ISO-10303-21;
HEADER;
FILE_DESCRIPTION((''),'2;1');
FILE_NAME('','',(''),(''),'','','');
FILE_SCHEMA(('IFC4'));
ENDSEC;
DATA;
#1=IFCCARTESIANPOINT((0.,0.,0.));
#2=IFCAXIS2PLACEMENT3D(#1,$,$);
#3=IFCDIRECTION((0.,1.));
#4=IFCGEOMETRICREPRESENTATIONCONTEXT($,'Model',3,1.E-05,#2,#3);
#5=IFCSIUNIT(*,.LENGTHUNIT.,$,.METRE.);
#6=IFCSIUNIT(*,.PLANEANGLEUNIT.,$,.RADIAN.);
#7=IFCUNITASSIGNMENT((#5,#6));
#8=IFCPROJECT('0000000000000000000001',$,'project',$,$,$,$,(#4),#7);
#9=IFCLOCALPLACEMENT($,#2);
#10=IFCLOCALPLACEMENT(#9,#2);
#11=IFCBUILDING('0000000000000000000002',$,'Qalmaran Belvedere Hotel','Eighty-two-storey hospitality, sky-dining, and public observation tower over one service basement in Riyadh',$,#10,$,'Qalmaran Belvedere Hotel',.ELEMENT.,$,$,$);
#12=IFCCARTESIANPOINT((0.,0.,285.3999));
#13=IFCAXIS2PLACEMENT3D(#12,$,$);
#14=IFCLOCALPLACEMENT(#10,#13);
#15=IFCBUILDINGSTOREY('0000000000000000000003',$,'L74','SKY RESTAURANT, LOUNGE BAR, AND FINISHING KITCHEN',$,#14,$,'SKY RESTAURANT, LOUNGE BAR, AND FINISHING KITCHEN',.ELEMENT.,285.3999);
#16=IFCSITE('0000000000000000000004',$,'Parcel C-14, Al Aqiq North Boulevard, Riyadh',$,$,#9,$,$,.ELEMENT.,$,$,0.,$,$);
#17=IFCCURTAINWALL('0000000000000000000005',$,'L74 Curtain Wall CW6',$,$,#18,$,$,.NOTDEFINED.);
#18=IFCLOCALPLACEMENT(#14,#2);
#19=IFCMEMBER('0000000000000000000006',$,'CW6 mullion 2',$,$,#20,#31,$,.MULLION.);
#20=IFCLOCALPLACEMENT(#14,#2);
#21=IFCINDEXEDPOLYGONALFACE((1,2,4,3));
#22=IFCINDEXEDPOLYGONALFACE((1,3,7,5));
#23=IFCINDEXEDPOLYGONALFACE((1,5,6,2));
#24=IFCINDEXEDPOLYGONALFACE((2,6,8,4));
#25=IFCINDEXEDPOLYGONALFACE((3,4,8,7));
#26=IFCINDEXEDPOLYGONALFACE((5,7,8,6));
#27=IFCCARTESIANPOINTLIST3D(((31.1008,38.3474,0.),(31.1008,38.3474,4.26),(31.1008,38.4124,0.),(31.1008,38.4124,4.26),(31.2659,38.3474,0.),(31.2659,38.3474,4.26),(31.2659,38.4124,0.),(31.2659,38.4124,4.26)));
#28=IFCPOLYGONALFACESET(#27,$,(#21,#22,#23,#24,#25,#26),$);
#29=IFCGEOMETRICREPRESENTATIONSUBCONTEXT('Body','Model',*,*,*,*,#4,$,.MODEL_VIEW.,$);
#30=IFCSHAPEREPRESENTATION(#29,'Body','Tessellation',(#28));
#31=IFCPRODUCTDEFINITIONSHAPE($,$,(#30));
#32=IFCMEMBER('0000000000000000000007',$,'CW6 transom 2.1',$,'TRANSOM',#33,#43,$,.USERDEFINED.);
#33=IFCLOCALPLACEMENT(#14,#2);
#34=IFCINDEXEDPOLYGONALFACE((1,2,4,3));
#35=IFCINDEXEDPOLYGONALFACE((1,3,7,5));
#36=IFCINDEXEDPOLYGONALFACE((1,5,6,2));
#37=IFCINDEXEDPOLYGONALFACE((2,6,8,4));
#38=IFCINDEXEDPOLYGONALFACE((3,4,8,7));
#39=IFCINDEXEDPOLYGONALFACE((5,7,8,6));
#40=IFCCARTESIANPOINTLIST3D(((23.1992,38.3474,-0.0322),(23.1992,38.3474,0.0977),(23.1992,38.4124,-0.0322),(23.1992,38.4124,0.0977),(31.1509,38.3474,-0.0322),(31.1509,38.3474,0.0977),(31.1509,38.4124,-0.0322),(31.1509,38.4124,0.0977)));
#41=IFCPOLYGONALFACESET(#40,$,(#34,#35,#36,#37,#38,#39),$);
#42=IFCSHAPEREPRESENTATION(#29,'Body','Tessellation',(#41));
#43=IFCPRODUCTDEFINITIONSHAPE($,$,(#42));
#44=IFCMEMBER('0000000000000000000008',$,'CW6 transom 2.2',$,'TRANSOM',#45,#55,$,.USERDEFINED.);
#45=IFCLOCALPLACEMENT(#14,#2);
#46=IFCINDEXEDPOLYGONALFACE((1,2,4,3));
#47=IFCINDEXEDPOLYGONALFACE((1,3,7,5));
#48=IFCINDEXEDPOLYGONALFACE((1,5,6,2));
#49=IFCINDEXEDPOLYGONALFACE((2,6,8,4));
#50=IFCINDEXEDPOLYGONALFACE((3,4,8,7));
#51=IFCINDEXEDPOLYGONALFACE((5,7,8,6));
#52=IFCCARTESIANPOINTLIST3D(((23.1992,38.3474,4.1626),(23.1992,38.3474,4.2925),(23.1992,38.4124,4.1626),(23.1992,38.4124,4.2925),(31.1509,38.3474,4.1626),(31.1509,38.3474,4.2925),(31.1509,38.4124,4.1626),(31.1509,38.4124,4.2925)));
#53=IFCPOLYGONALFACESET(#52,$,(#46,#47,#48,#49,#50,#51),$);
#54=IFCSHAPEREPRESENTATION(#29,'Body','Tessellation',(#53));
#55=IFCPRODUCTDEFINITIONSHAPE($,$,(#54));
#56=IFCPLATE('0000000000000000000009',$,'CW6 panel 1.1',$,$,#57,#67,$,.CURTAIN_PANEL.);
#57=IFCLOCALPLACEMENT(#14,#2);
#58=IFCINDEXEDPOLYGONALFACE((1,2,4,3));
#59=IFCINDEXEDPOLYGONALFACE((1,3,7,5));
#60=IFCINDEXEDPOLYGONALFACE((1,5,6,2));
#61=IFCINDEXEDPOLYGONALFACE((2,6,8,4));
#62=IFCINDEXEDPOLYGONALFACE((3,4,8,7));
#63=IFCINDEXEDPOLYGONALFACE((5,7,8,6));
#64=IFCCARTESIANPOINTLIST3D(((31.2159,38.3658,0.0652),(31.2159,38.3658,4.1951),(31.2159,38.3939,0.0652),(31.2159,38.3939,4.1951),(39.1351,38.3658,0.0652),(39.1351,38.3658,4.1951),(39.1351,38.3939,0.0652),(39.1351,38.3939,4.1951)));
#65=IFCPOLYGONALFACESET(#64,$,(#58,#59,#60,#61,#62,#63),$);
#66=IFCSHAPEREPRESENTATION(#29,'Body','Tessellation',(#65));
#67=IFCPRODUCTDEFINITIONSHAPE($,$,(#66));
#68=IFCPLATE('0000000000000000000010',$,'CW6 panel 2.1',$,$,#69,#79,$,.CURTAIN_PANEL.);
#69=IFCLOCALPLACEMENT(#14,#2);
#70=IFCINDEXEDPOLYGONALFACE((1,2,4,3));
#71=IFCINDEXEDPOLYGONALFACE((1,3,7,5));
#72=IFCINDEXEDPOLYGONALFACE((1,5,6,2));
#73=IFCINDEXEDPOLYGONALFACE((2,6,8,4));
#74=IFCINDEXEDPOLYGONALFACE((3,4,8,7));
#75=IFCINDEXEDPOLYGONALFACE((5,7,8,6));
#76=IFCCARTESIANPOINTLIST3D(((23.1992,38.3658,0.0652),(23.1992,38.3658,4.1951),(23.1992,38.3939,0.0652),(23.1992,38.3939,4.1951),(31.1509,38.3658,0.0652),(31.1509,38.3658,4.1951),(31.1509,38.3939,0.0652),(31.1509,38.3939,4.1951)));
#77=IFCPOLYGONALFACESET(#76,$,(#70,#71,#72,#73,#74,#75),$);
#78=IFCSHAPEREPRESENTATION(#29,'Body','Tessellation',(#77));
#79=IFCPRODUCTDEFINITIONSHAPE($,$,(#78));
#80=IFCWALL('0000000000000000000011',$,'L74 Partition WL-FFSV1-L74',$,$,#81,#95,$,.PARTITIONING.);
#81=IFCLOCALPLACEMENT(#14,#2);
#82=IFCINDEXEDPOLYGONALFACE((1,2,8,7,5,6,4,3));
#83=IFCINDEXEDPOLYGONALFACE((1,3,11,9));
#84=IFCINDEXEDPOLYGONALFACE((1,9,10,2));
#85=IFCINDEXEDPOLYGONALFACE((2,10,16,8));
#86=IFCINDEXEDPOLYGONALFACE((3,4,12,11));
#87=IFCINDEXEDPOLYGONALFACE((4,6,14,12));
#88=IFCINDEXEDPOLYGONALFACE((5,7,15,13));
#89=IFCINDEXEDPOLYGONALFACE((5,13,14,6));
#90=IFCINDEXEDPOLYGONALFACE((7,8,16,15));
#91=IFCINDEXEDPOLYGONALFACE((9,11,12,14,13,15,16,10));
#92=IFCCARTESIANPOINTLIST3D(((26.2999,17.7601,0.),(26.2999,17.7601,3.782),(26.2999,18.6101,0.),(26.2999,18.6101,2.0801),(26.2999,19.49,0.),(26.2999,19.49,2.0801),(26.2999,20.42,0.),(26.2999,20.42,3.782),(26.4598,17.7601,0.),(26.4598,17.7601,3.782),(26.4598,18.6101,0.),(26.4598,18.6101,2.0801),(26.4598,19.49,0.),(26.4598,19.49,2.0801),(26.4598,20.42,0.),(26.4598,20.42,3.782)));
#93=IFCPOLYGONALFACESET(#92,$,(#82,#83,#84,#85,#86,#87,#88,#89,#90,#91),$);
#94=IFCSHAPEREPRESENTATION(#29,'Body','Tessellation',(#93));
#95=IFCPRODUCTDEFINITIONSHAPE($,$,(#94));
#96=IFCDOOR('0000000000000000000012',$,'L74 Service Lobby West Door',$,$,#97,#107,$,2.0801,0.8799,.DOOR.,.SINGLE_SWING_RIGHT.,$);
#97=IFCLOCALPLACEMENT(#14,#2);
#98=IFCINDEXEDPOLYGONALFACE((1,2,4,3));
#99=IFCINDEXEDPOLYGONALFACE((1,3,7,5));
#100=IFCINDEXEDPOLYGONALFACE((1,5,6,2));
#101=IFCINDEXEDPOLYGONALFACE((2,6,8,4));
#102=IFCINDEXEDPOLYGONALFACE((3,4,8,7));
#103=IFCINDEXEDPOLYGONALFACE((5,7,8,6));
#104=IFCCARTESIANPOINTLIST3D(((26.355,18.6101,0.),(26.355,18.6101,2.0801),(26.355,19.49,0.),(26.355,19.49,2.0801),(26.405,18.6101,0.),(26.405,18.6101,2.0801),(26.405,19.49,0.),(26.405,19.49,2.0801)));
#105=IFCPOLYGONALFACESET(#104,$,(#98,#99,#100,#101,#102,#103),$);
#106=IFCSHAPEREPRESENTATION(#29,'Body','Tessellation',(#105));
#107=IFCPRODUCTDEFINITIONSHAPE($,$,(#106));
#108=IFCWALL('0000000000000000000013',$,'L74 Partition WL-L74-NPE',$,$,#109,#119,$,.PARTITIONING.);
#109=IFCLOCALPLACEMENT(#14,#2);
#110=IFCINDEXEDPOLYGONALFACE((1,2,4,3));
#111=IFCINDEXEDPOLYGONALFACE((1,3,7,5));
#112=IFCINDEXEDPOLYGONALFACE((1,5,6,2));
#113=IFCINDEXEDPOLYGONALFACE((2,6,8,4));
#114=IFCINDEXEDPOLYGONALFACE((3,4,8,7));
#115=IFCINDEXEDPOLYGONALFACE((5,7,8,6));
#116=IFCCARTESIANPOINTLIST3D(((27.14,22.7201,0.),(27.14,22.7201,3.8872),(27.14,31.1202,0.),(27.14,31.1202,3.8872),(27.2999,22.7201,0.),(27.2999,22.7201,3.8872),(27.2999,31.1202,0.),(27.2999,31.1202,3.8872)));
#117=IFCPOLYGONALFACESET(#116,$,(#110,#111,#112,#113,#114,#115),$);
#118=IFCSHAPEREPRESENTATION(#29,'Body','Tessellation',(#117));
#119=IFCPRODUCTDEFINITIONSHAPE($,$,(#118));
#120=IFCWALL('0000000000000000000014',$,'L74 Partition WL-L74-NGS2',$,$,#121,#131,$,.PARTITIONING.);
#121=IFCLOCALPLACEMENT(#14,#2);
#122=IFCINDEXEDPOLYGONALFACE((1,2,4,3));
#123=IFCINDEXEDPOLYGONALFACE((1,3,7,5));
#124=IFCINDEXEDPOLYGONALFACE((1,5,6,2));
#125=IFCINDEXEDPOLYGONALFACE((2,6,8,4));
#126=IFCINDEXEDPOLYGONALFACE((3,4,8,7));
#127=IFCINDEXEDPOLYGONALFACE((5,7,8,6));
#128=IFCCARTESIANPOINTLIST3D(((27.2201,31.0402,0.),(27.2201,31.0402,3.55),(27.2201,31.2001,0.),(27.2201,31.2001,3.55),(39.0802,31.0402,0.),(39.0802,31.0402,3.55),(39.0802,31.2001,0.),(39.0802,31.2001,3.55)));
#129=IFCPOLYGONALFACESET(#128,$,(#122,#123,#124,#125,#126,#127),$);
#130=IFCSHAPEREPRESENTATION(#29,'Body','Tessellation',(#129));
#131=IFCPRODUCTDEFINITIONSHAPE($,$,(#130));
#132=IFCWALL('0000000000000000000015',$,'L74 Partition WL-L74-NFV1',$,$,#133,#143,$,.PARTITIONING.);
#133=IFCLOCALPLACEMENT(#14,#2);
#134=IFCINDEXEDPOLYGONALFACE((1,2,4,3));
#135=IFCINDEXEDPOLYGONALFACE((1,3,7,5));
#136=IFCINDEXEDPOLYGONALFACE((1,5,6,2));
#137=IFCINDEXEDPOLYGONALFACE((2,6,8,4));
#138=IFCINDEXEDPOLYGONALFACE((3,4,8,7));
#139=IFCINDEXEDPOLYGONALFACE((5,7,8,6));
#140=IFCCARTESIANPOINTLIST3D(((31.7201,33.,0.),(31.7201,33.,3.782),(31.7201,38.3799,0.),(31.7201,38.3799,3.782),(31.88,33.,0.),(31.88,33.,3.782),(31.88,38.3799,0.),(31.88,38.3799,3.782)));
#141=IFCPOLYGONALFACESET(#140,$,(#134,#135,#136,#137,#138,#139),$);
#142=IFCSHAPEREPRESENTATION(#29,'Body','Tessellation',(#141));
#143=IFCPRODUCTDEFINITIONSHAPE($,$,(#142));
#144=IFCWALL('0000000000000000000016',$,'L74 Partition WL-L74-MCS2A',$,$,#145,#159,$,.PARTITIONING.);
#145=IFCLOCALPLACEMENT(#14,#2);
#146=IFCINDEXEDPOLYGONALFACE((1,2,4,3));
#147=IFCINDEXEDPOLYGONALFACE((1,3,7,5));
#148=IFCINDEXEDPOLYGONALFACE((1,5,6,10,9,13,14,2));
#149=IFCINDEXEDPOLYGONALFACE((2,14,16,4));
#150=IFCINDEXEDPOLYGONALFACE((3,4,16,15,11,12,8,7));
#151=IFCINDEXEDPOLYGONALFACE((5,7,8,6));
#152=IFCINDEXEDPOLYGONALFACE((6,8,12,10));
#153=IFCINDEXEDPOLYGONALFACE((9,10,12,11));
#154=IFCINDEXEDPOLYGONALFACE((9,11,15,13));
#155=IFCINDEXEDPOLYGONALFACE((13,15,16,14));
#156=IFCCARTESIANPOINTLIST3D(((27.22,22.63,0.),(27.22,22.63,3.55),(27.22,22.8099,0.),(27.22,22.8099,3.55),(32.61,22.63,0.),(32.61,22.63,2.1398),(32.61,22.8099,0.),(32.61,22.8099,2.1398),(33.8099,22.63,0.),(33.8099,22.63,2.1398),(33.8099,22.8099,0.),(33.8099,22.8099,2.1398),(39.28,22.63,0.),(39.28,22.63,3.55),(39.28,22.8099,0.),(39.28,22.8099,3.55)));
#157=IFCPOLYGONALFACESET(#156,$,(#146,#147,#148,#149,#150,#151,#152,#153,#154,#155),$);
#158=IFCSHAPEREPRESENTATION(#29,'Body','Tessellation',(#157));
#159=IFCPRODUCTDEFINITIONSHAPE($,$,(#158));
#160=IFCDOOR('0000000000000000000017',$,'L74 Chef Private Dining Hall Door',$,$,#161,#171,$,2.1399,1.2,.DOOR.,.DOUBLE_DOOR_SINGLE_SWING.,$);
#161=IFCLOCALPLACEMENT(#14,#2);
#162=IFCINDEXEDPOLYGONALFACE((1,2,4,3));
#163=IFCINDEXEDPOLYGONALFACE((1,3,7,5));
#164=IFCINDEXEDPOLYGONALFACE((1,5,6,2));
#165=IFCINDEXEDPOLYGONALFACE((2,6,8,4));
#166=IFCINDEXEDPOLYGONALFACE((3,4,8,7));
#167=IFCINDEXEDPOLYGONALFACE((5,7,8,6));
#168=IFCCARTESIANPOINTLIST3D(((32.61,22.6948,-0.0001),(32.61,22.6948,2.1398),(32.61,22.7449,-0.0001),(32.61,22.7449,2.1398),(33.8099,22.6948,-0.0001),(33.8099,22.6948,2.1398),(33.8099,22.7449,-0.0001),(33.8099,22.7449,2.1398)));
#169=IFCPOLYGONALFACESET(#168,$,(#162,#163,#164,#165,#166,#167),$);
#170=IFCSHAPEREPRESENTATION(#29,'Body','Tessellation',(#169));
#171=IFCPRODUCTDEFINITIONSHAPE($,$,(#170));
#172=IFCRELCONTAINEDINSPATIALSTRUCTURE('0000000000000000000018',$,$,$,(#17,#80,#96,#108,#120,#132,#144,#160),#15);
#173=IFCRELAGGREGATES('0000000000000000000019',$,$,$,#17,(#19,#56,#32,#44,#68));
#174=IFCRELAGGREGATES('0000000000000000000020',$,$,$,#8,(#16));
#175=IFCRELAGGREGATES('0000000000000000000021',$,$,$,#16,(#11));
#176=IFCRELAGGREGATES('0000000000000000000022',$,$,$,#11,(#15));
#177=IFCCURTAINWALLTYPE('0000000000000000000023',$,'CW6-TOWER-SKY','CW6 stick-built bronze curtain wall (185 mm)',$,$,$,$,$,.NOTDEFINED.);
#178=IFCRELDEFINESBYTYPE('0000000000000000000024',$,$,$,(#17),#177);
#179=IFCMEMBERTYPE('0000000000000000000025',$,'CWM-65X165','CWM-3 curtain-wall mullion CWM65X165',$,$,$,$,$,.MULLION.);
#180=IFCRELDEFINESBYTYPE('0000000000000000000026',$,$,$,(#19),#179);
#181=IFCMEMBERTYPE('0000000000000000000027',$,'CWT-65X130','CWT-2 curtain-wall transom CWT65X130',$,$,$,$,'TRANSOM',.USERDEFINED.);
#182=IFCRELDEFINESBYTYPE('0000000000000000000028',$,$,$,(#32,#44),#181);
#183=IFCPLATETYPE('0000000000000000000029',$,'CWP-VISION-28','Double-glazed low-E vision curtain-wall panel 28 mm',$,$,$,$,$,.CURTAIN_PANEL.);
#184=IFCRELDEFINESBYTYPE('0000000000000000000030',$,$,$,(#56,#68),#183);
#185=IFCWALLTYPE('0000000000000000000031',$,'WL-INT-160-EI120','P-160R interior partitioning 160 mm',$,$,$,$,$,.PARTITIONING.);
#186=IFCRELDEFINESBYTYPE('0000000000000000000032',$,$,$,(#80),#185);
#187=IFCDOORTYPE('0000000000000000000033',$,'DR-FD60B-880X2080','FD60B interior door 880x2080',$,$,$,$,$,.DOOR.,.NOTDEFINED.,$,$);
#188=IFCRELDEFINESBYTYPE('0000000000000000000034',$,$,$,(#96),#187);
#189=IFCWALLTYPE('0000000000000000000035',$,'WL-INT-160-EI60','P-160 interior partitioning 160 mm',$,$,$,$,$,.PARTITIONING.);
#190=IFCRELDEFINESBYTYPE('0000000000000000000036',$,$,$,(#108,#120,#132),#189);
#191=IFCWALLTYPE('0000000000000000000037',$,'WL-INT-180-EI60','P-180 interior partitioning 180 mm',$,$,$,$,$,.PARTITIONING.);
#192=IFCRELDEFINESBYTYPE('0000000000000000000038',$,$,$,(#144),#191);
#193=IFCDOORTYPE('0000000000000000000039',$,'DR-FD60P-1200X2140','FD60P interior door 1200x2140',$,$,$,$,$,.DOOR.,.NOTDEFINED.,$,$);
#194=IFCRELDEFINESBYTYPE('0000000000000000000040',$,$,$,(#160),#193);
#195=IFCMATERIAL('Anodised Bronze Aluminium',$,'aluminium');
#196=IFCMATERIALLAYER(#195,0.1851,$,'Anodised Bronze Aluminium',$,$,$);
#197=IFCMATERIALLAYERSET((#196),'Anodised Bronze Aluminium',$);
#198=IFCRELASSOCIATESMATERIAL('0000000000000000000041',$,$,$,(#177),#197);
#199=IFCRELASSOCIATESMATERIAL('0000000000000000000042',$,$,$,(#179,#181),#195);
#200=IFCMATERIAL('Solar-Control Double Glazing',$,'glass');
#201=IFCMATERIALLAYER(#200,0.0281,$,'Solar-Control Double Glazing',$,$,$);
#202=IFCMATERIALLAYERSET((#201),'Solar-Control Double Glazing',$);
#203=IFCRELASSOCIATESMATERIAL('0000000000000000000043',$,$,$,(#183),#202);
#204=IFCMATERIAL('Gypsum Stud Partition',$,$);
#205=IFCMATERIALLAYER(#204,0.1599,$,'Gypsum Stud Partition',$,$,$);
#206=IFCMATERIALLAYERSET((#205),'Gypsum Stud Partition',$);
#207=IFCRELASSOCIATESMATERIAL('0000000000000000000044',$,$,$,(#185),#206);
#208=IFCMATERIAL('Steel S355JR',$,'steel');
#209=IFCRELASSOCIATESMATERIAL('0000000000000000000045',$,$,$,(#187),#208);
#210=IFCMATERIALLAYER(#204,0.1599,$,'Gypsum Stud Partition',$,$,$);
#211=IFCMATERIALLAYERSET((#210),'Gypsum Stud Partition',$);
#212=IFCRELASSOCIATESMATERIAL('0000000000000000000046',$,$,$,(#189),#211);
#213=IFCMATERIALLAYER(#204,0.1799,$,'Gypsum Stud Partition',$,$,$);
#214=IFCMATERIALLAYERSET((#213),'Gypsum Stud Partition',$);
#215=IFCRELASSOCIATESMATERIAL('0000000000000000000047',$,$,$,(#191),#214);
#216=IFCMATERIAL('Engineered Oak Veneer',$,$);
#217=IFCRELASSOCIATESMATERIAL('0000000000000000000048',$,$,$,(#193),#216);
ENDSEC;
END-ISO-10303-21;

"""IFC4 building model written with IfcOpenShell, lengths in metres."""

from ifc_helpers import new_model, si_unit, direction, frame, frame_2d, origin, origin_2d, place, context, subcontext, project, spatial, rectangle, extrude, material, layer, layer_set, material_profile, profile_set, type_object, element, fill, aggregate, save


model = new_model("IFC4")

# Units and contexts
model_context = context("Model", 3, precision=1e-05, world=origin(), true_north=direction((0.0, 1.0)))
body_context = subcontext(model_context, "Body", "Model", "MODEL_VIEW")
ifc_project = project(units=[si_unit("LENGTHUNIT", "METRE"), si_unit("PLANEANGLEUNIT", "RADIAN")], contexts=[model_context])

# Site, building, storey
site_placement = place(None, origin())
site = spatial("IfcSite", under=ifc_project, at=site_placement, Name="Parcel C-14, Al Aqiq North Boulevard, Riyadh", CompositionType="ELEMENT", RefElevation=0.0)
building_placement = place(site_placement, origin())
building = spatial("IfcBuilding", under=site, at=building_placement, Name="Qalmaran Belvedere Hotel", Description="Eighty-two-storey hospitality, sky-dining, and public observation tower over one service basement in Riyadh", LongName="Qalmaran Belvedere Hotel", CompositionType="ELEMENT")
storey_placement = place(building_placement, frame((0.0, 0.0, 285.3999)))
storey = spatial("IfcBuildingStorey", under=building, at=storey_placement, Name="L74", Description="SKY RESTAURANT, LOUNGE BAR, AND FINISHING KITCHEN", LongName="SKY RESTAURANT, LOUNGE BAR, AND FINISHING KITCHEN", CompositionType="ELEMENT", Elevation=285.3999)

# Shared definitions
ifc_material_1 = material(Name="Steel S355JR", Category="steel")

# Curtain wall, members, plates
ifc_material_2 = material(Name="Anodised Bronze Aluminium", Category="aluminium")
ifc_layer_1 = layer(ifc_material_2, 0.1851, Name="Anodised Bronze Aluminium")
ifc_layer_set_1 = layer_set([ifc_layer_1], Name="Anodised Bronze Aluminium")
curtain_wall_type = type_object("IfcCurtainWallType", Name="CW6-TOWER-SKY", Description="CW6 stick-built bronze curtain wall (185 mm)", PredefinedType="NOTDEFINED", material=ifc_layer_set_1)
curtain_wall_placement = place(storey_placement, origin())
curtain_wall = element("IfcCurtainWall", 1, at=curtain_wall_placement, inside=storey, type_object=curtain_wall_type, Name="L74 Curtain Wall CW6", PredefinedType="NOTDEFINED")
ifc_material_profile_1 = material_profile(ifc_material_2, rectangle(XDim=0.0649, YDim=0.165, at=origin_2d()), Name="CWM65X165")
ifc_profile_set_1 = profile_set([ifc_material_profile_1], Name="Anodised Bronze Aluminium")
member_type_1 = type_object("IfcMemberType", Name="CWM-65X165", Description="CWM-3 curtain-wall mullion CWM65X165", PredefinedType="MULLION", material=ifc_profile_set_1)
member_1_placement = place(storey_placement, frame((31.1833, 38.3799, 0.0), z_axis=(0.0, 0.0, 1.0), x_axis=(0.0, -1.0, 0.0)))
member_1 = element("IfcMember", 2, at=member_1_placement, type_object=member_type_1, Name="CW6 mullion 2", PredefinedType="MULLION", context=body_context, shape_type="SweptSolid", body=[
    extrude(rectangle(XDim=0.0649, YDim=0.165, at=origin_2d()), origin(), (0.0, 0.0, 1.0), 4.26),
])
ifc_material_profile_2 = material_profile(ifc_material_2, rectangle(XDim=0.0649, YDim=0.1299, at=origin_2d()), Name="CWT65X130")
ifc_profile_set_2 = profile_set([ifc_material_profile_2], Name="Anodised Bronze Aluminium")
member_type_2 = type_object("IfcMemberType", Name="CWT-65X130", Description="CWT-2 curtain-wall transom CWT65X130", ElementType="TRANSOM", PredefinedType="USERDEFINED", material=ifc_profile_set_2)
member_2_placement = place(storey_placement, frame((31.1509, 38.3799, 0.0327), z_axis=(-1.0, 0.0, 0.0), x_axis=(0.0, -1.0, 0.0)))
member_2 = element("IfcMember", 3, at=member_2_placement, type_object=member_type_2, Name="CW6 transom 2.1", ObjectType="TRANSOM", PredefinedType="USERDEFINED", context=body_context, shape_type="SweptSolid", body=[
    extrude(rectangle(XDim=0.0649, YDim=0.1299, at=origin_2d()), origin(), (0.0, 0.0, 1.0), 7.9517),
])
member_3_placement = place(storey_placement, frame((31.1509, 38.3799, 4.2275), z_axis=(-1.0, 0.0, 0.0), x_axis=(0.0, -1.0, 0.0)))
member_3 = element("IfcMember", 4, at=member_3_placement, type_object=member_type_2, Name="CW6 transom 2.2", ObjectType="TRANSOM", PredefinedType="USERDEFINED", context=body_context, shape_type="SweptSolid", body=[
    extrude(rectangle(XDim=0.0649, YDim=0.1299, at=origin_2d()), origin(), (0.0, 0.0, 1.0), 7.9517),
])
ifc_material_3 = material(Name="Solar-Control Double Glazing", Category="glass")
ifc_layer_2 = layer(ifc_material_3, 0.0281, Name="Solar-Control Double Glazing")
ifc_layer_set_2 = layer_set([ifc_layer_2], Name="Solar-Control Double Glazing")
plate_type = type_object("IfcPlateType", Name="CWP-VISION-28", Description="Double-glazed low-E vision curtain-wall panel 28 mm", PredefinedType="CURTAIN_PANEL", material=ifc_layer_set_2)
plate_1_placement = place(storey_placement, frame((35.1755, 38.3799, 0.0652), z_axis=(0.0, 0.0, 1.0), x_axis=(-1.0, 0.0, 0.0)))
plate_1 = element("IfcPlate", 5, at=plate_1_placement, type_object=plate_type, Name="CW6 panel 1.1", PredefinedType="CURTAIN_PANEL", context=body_context, shape_type="SweptSolid", body=[
    extrude(rectangle(XDim=7.9192, YDim=0.0281, at=origin_2d()), origin(), (0.0, 0.0, 1.0), 4.1299),
])
plate_2_placement = place(storey_placement, frame((27.175, 38.3799, 0.0652), z_axis=(0.0, 0.0, 1.0), x_axis=(-1.0, 0.0, 0.0)))
plate_2 = element("IfcPlate", 6, at=plate_2_placement, type_object=plate_type, Name="CW6 panel 2.1", PredefinedType="CURTAIN_PANEL", context=body_context, shape_type="SweptSolid", body=[
    extrude(rectangle(XDim=7.9517, YDim=0.0281, at=origin_2d()), origin(), (0.0, 0.0, 1.0), 4.1299),
])
aggregate(curtain_wall, [member_1, plate_1, member_2, member_3, plate_2])

# Wall, opening, door
ifc_material_4 = material(Name="Gypsum Stud Partition")
ifc_layer_3 = layer(ifc_material_4, 0.1599, Name="Gypsum Stud Partition")
ifc_layer_set_3 = layer_set([ifc_layer_3], Name="Gypsum Stud Partition")
wall_type_1 = type_object("IfcWallType", Name="WL-INT-160-EI120", Description="P-160R interior partitioning 160 mm", PredefinedType="PARTITIONING", material=ifc_layer_set_3)
wall_1_placement = place(storey_placement, frame((26.3799, 17.76, 0.0), z_axis=(0.0, 0.0, 1.0), x_axis=(0.0, 1.0, 0.0)))
wall_1 = element("IfcWall", 7, at=wall_1_placement, inside=storey, type_object=wall_type_1, Name="L74 Partition WL-FFSV1-L74", PredefinedType="PARTITIONING", context=body_context, shape_type="SweptSolid", body=[
    extrude(rectangle(XDim=2.6599, YDim=0.1599, at=frame_2d((1.3301, 0.0))), origin(), (0.0, 0.0, 1.0), 3.782),
])
opening_1_placement = place(wall_1_placement, frame((0.8501, 0.0, 0.0)))
opening_1 = element("IfcOpeningElement", 8, at=opening_1_placement, cuts=wall_1, PredefinedType="OPENING", context=body_context, shape_type="SweptSolid", body=[
    extrude(rectangle(XDim=0.8799, YDim=2.0801, at=frame_2d((0.4399, 1.04))), frame((0.0, 0.0898, 0.0), z_axis=(0.0, -1.0, 0.0), x_axis=(1.0, 0.0, 0.0)), (0.0, 0.0, 1.0), 0.1799),
])
door_type_1 = type_object("IfcDoorType", Name="DR-FD60B-880X2080", Description="FD60B interior door 880x2080", OperationType="NOTDEFINED", PredefinedType="DOOR", material=ifc_material_1)
door_1_placement = place(opening_1_placement, origin())
door_1 = element("IfcDoor", 9, at=door_1_placement, inside=storey, type_object=door_type_1, Name="L74 Service Lobby West Door", OperationType="SINGLE_SWING_RIGHT", OverallHeight=2.0801, OverallWidth=0.8799, PredefinedType="DOOR", context=body_context, shape_type="SweptSolid", body=[
    extrude(rectangle(XDim=0.8799, YDim=2.0801, at=frame_2d((0.4399, 1.04))), frame((0.0, 0.0249, 0.0), z_axis=(0.0, -1.0, 0.0), x_axis=(1.0, 0.0, 0.0)), (0.0, 0.0, 1.0), 0.05),
])
fill(opening_1, door_1)

# Walls
ifc_layer_4 = layer(ifc_material_4, 0.1599, Name="Gypsum Stud Partition")
ifc_layer_set_4 = layer_set([ifc_layer_4], Name="Gypsum Stud Partition")
wall_type_2 = type_object("IfcWallType", Name="WL-INT-160-EI60", Description="P-160 interior partitioning 160 mm", PredefinedType="PARTITIONING", material=ifc_layer_set_4)
wall_2_placement = place(storey_placement, frame((27.22, 22.72, 0.0), z_axis=(0.0, 0.0, 1.0), x_axis=(0.0, 1.0, 0.0)))
element("IfcWall", 10, at=wall_2_placement, inside=storey, type_object=wall_type_2, Name="L74 Partition WL-L74-NPE", PredefinedType="PARTITIONING", context=body_context, shape_type="SweptSolid", body=[
    extrude(rectangle(XDim=8.4001, YDim=0.1599, at=frame_2d((4.2002, 0.0))), origin(), (0.0, 0.0, 1.0), 3.8872),
])
wall_3_placement = place(storey_placement, frame((27.22, 31.1201, 0.0), z_axis=(0.0, 0.0, 1.0), x_axis=(1.0, 0.0, 0.0)))
element("IfcWall", 11, at=wall_3_placement, inside=storey, type_object=wall_type_2, Name="L74 Partition WL-L74-NGS2", PredefinedType="PARTITIONING", context=body_context, shape_type="SweptSolid", body=[
    extrude(rectangle(XDim=11.8601, YDim=0.1599, at=frame_2d((5.9302, 0.0))), origin(), (0.0, 0.0, 1.0), 3.55),
])
wall_4_placement = place(storey_placement, frame((31.8, 33.0, 0.0), z_axis=(0.0, 0.0, 1.0), x_axis=(0.0, 1.0, 0.0)))
element("IfcWall", 12, at=wall_4_placement, inside=storey, type_object=wall_type_2, Name="L74 Partition WL-L74-NFV1", PredefinedType="PARTITIONING", context=body_context, shape_type="SweptSolid", body=[
    extrude(rectangle(XDim=5.3799, YDim=0.1599, at=frame_2d((2.6899, 0.0))), origin(), (0.0, 0.0, 1.0), 3.782),
])

# Wall, opening, door
ifc_layer_5 = layer(ifc_material_4, 0.1799, Name="Gypsum Stud Partition")
ifc_layer_set_5 = layer_set([ifc_layer_5], Name="Gypsum Stud Partition")
wall_type_3 = type_object("IfcWallType", Name="WL-INT-180-EI60", Description="P-180 interior partitioning 180 mm", PredefinedType="PARTITIONING", material=ifc_layer_set_5)
wall_5_placement = place(storey_placement, frame((27.22, 22.72, 0.0), z_axis=(0.0, 0.0, 1.0), x_axis=(1.0, 0.0, 0.0)))
wall_5 = element("IfcWall", 13, at=wall_5_placement, inside=storey, type_object=wall_type_3, Name="L74 Partition WL-L74-MCS2A", PredefinedType="PARTITIONING", context=body_context, shape_type="SweptSolid", body=[
    extrude(rectangle(XDim=12.0601, YDim=0.1799, at=frame_2d((6.03, 0.0))), origin(), (0.0, 0.0, 1.0), 3.55),
])
opening_2_placement = place(wall_5_placement, frame((5.3899, 0.0, 0.0)))
opening_2 = element("IfcOpeningElement", 14, at=opening_2_placement, cuts=wall_5, PredefinedType="OPENING", context=body_context, shape_type="SweptSolid", body=[
    extrude(rectangle(XDim=1.2, YDim=2.1399, at=frame_2d((0.6001, 1.0698))), frame((0.0, 0.1001, 0.0), z_axis=(0.0, -1.0, 0.0), x_axis=(1.0, 0.0, 0.0)), (0.0, 0.0, 1.0), 0.2),
])
ifc_material_5 = material(Name="Engineered Oak Veneer")
door_type_2 = type_object("IfcDoorType", Name="DR-FD60P-1200X2140", Description="FD60P interior door 1200x2140", OperationType="NOTDEFINED", PredefinedType="DOOR", material=ifc_material_5)
door_2_placement = place(opening_2_placement, origin())
door_2 = element("IfcDoor", 15, at=door_2_placement, inside=storey, type_object=door_type_2, Name="L74 Chef Private Dining Hall Door", OperationType="DOUBLE_DOOR_SINGLE_SWING", OverallHeight=2.1399, OverallWidth=1.2, PredefinedType="DOOR", context=body_context, shape_type="SweptSolid", body=[
    extrude(rectangle(XDim=1.2, YDim=2.1399, at=frame_2d((0.6001, 1.0698))), frame((0.0, 0.0249, 0.0), z_axis=(0.0, -1.0, 0.0), x_axis=(1.0, 0.0, 0.0)), (0.0, 0.0, 1.0), 0.05),
])
fill(opening_2, door_2)

save(model, "model.ifc")
